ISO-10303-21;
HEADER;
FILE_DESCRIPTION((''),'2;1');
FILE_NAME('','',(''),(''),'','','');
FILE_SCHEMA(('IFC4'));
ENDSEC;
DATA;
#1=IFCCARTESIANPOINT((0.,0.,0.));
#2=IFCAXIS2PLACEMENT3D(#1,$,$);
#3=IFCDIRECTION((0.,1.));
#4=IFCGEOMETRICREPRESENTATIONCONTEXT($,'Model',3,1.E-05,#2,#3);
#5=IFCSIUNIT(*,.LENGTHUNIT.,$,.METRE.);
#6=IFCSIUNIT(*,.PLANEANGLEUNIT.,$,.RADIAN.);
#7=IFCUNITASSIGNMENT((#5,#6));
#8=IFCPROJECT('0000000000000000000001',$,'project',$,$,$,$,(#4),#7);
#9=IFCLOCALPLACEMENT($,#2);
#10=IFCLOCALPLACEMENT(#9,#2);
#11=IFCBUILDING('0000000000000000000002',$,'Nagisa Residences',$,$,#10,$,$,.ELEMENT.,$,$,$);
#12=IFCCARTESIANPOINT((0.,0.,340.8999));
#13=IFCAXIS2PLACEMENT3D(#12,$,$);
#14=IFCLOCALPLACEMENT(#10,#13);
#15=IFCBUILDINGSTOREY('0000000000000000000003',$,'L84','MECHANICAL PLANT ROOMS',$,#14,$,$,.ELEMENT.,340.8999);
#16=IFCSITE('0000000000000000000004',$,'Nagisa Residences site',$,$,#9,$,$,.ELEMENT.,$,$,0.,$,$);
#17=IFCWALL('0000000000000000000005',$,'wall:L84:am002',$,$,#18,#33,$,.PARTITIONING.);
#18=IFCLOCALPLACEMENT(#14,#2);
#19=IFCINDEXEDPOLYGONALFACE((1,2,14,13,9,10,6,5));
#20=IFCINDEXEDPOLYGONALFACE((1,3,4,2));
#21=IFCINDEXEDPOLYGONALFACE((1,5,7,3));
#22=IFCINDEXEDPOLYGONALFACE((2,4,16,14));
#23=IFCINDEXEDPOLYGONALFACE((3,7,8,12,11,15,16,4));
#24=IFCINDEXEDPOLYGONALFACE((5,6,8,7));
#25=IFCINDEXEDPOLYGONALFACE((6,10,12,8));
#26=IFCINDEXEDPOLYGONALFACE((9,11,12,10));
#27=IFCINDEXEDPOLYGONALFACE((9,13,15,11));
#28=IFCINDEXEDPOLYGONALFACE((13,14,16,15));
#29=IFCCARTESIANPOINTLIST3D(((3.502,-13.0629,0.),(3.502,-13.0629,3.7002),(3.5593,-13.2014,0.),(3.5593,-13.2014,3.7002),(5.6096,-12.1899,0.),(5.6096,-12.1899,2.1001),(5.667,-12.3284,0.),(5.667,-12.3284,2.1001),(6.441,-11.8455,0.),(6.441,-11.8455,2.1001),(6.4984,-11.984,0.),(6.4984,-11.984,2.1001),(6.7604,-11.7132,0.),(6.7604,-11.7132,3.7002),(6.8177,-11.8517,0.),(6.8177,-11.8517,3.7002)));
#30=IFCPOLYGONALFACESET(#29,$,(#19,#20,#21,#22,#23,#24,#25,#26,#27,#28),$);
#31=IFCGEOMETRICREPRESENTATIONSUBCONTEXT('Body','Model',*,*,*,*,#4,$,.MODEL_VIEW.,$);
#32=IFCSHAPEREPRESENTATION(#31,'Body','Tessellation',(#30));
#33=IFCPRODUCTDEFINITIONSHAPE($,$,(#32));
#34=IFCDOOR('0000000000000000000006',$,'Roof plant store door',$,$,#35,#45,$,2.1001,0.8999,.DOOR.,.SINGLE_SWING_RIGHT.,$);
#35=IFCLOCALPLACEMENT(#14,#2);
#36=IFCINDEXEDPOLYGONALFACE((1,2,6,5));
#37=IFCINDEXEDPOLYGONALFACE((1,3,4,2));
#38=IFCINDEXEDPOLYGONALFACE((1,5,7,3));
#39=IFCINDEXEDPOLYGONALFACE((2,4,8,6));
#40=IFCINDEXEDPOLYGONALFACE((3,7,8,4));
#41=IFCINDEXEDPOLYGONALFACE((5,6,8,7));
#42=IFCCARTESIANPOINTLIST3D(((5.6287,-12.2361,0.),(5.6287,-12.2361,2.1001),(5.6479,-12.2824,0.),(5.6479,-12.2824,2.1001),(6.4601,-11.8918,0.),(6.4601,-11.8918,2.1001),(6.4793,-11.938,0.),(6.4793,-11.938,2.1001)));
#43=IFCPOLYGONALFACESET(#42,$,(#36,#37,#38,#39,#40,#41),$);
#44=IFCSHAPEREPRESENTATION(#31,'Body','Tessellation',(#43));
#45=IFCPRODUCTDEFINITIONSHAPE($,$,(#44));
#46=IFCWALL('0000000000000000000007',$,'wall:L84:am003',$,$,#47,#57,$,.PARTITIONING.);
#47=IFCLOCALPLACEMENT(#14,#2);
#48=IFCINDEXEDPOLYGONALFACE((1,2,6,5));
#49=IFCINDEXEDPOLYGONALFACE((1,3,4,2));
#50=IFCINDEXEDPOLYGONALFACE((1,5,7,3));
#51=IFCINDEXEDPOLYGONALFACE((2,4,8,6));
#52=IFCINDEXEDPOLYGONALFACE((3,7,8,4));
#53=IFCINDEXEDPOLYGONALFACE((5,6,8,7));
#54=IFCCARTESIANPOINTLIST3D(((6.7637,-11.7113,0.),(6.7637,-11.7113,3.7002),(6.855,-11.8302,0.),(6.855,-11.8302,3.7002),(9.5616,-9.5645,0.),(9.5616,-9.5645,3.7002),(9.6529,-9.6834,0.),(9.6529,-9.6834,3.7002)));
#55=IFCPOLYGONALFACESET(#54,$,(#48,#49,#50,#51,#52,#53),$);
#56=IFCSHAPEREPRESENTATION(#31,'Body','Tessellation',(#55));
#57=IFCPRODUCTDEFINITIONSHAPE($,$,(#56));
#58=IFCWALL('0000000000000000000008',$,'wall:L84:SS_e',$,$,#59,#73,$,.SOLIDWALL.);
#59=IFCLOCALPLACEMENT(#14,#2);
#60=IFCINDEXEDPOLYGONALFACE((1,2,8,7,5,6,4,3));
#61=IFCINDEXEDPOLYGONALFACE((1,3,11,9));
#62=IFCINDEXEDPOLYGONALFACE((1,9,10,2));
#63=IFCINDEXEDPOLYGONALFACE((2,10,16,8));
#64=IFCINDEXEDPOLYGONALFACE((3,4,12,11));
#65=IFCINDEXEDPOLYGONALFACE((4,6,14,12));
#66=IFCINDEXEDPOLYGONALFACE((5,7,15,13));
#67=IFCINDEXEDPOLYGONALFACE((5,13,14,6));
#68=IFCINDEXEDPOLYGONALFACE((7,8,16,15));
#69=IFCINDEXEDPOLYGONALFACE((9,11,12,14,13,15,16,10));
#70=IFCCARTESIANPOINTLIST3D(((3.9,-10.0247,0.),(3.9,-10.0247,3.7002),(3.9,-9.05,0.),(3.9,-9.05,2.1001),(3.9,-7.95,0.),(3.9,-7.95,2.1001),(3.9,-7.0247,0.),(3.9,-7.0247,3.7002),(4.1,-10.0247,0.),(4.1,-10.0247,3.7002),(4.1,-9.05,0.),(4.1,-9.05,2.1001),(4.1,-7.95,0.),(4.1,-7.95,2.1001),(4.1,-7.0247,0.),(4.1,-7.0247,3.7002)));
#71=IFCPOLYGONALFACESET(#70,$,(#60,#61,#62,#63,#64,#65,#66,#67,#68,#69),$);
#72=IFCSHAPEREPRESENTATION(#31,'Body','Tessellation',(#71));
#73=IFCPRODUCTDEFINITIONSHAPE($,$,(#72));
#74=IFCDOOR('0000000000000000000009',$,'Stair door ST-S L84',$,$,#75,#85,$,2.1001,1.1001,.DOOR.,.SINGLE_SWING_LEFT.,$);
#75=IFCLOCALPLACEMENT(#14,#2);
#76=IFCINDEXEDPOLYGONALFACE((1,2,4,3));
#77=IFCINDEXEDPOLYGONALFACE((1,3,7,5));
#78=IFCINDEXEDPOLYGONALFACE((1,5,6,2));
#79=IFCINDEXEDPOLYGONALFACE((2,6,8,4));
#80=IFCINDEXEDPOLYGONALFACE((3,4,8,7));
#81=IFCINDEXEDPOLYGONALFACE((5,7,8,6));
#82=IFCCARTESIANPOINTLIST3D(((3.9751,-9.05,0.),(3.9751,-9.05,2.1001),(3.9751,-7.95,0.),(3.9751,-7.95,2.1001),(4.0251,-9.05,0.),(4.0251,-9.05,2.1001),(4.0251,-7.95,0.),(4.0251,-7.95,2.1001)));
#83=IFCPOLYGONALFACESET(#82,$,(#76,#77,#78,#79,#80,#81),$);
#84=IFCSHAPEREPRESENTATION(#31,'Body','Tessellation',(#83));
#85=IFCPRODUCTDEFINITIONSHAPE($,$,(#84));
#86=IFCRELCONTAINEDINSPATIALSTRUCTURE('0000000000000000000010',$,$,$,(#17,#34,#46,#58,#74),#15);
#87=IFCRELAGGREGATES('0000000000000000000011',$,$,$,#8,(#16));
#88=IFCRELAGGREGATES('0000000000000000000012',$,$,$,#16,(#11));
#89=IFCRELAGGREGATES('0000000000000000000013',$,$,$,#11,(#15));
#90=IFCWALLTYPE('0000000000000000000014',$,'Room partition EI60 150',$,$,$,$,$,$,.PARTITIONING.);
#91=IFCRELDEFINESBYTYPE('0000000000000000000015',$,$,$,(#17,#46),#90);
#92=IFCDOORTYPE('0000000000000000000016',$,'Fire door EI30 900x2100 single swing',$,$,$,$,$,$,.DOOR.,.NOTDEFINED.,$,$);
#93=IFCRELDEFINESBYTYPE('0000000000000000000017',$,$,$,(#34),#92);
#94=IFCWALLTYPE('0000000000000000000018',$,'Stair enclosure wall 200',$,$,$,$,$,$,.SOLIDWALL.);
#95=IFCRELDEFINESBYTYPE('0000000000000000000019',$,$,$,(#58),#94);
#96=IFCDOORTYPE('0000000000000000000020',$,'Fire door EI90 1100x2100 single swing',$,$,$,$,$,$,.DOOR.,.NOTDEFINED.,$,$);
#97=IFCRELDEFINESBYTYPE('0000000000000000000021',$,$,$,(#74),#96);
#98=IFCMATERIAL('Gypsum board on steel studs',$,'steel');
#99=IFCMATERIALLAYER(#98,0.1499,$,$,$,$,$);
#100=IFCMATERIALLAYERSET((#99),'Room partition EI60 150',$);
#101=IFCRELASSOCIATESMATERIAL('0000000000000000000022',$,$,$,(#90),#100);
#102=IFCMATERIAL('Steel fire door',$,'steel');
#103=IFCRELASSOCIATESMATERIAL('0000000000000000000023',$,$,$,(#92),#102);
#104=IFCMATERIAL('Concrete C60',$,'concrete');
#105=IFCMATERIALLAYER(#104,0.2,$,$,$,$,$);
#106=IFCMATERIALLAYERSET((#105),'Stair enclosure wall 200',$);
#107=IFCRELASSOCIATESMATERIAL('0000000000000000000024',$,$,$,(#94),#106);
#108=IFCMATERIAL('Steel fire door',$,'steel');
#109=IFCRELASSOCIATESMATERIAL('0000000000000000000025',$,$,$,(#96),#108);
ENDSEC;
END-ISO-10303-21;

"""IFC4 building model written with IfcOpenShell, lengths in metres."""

from ifc_helpers import new_model, si_unit, direction, frame, frame_2d, origin, place, context, subcontext, project, spatial, rectangle, extrude, material, layer, layer_set, type_object, element, fill, save


model = new_model("IFC4")

# Units and contexts
model_context = context("Model", 3, precision=1e-05, world=origin(), true_north=direction((0.0, 1.0)))
body_context = subcontext(model_context, "Body", "Model", "MODEL_VIEW")
ifc_project = project(units=[si_unit("LENGTHUNIT", "METRE"), si_unit("PLANEANGLEUNIT", "RADIAN")], contexts=[model_context])

# Site, building, storey
site_placement = place(None, origin())
site = spatial("IfcSite", under=ifc_project, at=site_placement, Name="Nagisa Residences site", CompositionType="ELEMENT", RefElevation=0.0)
building_placement = place(site_placement, origin())
building = spatial("IfcBuilding", under=site, at=building_placement, Name="Nagisa Residences", CompositionType="ELEMENT")
storey_placement = place(building_placement, frame((0.0, 0.0, 340.8999)))
storey = spatial("IfcBuildingStorey", under=building, at=storey_placement, Name="L84", Description="MECHANICAL PLANT ROOMS", CompositionType="ELEMENT", Elevation=340.8999)

# Shared definitions
ifc_material_1 = material(Name="Gypsum board on steel studs", Category="steel")
ifc_layer_1 = layer(ifc_material_1, 0.1499)
ifc_layer_set_1 = layer_set([ifc_layer_1], Name="Room partition EI60 150")
wall_type_1 = type_object("IfcWallType", Name="Room partition EI60 150", PredefinedType="PARTITIONING", material=ifc_layer_set_1)

# Wall, opening, door
wall_1_placement = place(storey_placement, frame((6.7891, -11.7825, 0.0), z_axis=(0.0, 0.0, 1.0), x_axis=(-0.923882, -0.382678, 0.0)))
wall_1 = element("IfcWall", 1, at=wall_1_placement, inside=storey, type_object=wall_type_1, Name="wall:L84:am002", PredefinedType="PARTITIONING", context=body_context, shape_type="SweptSolid", body=[
    extrude(rectangle(XDim=3.5269, YDim=0.1499, at=frame_2d((1.7634, 0.0))), origin(), (0.0, 0.0, 1.0), 3.7002),
])
opening_1_placement = place(wall_1_placement, frame((0.3457, 0.0, 0.0)))
opening_1 = element("IfcOpeningElement", 2, at=opening_1_placement, cuts=wall_1, PredefinedType="OPENING", context=body_context, shape_type="SweptSolid", body=[
    extrude(rectangle(XDim=0.8999, YDim=2.1001, at=frame_2d((0.45, 1.05))), frame((0.0, 0.085, 0.0), z_axis=(0.0, -1.0, 0.0), x_axis=(1.0, 0.0, 0.0)), (0.0, 0.0, 1.0), 0.1699),
])
ifc_material_2 = material(Name="Steel fire door", Category="steel")
door_type_1 = type_object("IfcDoorType", Name="Fire door EI30 900x2100 single swing", OperationType="NOTDEFINED", PredefinedType="DOOR", material=ifc_material_2)
door_1_placement = place(opening_1_placement, frame((0.8999, 0.0, 0.0), x_axis=(-1.0, 0.0, 0.0)))
door_1 = element("IfcDoor", 3, at=door_1_placement, inside=storey, type_object=door_type_1, Name="Roof plant store door", OperationType="SINGLE_SWING_RIGHT", OverallHeight=2.1001, OverallWidth=0.8999, PredefinedType="DOOR", context=body_context, shape_type="SweptSolid", body=[
    extrude(rectangle(XDim=0.8999, YDim=2.1001, at=frame_2d((0.45, 1.05))), frame((0.0, 0.0249, 0.0), z_axis=(0.0, -1.0, 0.0), x_axis=(1.0, 0.0, 0.0)), (0.0, 0.0, 1.0), 0.05),
])
fill(opening_1, door_1)

# Wall
wall_2_placement = place(storey_placement, frame((9.6072, -9.624, 0.0), z_axis=(0.0, 0.0, 1.0), x_axis=(-0.793372, -0.608737, 0.0)))
element("IfcWall", 4, at=wall_2_placement, inside=storey, type_object=wall_type_1, Name="wall:L84:am003", PredefinedType="PARTITIONING", context=body_context, shape_type="SweptSolid", body=[
    extrude(rectangle(XDim=3.5266, YDim=0.1499, at=frame_2d((1.7632, 0.0))), origin(), (0.0, 0.0, 1.0), 3.7002),
])

# Wall, opening, door
ifc_material_3 = material(Name="Concrete C60", Category="concrete")
ifc_layer_2 = layer(ifc_material_3, 0.2)
ifc_layer_set_2 = layer_set([ifc_layer_2], Name="Stair enclosure wall 200")
wall_type_2 = type_object("IfcWallType", Name="Stair enclosure wall 200", PredefinedType="SOLIDWALL", material=ifc_layer_set_2)
wall_3_placement = place(storey_placement, frame((4.0, -10.0247, 0.0), z_axis=(0.0, 0.0, 1.0), x_axis=(0.0, 1.0, 0.0)))
wall_3 = element("IfcWall", 5, at=wall_3_placement, inside=storey, type_object=wall_type_2, Name="wall:L84:SS_e", PredefinedType="SOLIDWALL", context=body_context, shape_type="SweptSolid", body=[
    extrude(rectangle(XDim=3.0, YDim=0.2, at=frame_2d((1.5, 0.0))), origin(), (0.0, 0.0, 1.0), 3.7002),
])
opening_2_placement = place(wall_3_placement, frame((0.9746, 0.0, 0.0)))
opening_2 = element("IfcOpeningElement", 6, at=opening_2_placement, cuts=wall_3, PredefinedType="OPENING", context=body_context, shape_type="SweptSolid", body=[
    extrude(rectangle(XDim=1.1001, YDim=2.1001, at=frame_2d((0.55, 1.05))), frame((0.0, 0.1099, 0.0), z_axis=(0.0, -1.0, 0.0), x_axis=(1.0, 0.0, 0.0)), (0.0, 0.0, 1.0), 0.22),
])
ifc_material_4 = material(Name="Steel fire door", Category="steel")
door_type_2 = type_object("IfcDoorType", Name="Fire door EI90 1100x2100 single swing", OperationType="NOTDEFINED", PredefinedType="DOOR", material=ifc_material_4)
door_2_placement = place(opening_2_placement, origin())
door_2 = element("IfcDoor", 7, at=door_2_placement, inside=storey, type_object=door_type_2, Name="Stair door ST-S L84", OperationType="SINGLE_SWING_LEFT", OverallHeight=2.1001, OverallWidth=1.1001, PredefinedType="DOOR", context=body_context, shape_type="SweptSolid", body=[
    extrude(rectangle(XDim=1.1001, YDim=2.1001, at=frame_2d((0.55, 1.05))), frame((0.0, 0.0249, 0.0), z_axis=(0.0, -1.0, 0.0), x_axis=(1.0, 0.0, 0.0)), (0.0, 0.0, 1.0), 0.05),
])
fill(opening_2, door_2)

save(model, "model.ifc")
